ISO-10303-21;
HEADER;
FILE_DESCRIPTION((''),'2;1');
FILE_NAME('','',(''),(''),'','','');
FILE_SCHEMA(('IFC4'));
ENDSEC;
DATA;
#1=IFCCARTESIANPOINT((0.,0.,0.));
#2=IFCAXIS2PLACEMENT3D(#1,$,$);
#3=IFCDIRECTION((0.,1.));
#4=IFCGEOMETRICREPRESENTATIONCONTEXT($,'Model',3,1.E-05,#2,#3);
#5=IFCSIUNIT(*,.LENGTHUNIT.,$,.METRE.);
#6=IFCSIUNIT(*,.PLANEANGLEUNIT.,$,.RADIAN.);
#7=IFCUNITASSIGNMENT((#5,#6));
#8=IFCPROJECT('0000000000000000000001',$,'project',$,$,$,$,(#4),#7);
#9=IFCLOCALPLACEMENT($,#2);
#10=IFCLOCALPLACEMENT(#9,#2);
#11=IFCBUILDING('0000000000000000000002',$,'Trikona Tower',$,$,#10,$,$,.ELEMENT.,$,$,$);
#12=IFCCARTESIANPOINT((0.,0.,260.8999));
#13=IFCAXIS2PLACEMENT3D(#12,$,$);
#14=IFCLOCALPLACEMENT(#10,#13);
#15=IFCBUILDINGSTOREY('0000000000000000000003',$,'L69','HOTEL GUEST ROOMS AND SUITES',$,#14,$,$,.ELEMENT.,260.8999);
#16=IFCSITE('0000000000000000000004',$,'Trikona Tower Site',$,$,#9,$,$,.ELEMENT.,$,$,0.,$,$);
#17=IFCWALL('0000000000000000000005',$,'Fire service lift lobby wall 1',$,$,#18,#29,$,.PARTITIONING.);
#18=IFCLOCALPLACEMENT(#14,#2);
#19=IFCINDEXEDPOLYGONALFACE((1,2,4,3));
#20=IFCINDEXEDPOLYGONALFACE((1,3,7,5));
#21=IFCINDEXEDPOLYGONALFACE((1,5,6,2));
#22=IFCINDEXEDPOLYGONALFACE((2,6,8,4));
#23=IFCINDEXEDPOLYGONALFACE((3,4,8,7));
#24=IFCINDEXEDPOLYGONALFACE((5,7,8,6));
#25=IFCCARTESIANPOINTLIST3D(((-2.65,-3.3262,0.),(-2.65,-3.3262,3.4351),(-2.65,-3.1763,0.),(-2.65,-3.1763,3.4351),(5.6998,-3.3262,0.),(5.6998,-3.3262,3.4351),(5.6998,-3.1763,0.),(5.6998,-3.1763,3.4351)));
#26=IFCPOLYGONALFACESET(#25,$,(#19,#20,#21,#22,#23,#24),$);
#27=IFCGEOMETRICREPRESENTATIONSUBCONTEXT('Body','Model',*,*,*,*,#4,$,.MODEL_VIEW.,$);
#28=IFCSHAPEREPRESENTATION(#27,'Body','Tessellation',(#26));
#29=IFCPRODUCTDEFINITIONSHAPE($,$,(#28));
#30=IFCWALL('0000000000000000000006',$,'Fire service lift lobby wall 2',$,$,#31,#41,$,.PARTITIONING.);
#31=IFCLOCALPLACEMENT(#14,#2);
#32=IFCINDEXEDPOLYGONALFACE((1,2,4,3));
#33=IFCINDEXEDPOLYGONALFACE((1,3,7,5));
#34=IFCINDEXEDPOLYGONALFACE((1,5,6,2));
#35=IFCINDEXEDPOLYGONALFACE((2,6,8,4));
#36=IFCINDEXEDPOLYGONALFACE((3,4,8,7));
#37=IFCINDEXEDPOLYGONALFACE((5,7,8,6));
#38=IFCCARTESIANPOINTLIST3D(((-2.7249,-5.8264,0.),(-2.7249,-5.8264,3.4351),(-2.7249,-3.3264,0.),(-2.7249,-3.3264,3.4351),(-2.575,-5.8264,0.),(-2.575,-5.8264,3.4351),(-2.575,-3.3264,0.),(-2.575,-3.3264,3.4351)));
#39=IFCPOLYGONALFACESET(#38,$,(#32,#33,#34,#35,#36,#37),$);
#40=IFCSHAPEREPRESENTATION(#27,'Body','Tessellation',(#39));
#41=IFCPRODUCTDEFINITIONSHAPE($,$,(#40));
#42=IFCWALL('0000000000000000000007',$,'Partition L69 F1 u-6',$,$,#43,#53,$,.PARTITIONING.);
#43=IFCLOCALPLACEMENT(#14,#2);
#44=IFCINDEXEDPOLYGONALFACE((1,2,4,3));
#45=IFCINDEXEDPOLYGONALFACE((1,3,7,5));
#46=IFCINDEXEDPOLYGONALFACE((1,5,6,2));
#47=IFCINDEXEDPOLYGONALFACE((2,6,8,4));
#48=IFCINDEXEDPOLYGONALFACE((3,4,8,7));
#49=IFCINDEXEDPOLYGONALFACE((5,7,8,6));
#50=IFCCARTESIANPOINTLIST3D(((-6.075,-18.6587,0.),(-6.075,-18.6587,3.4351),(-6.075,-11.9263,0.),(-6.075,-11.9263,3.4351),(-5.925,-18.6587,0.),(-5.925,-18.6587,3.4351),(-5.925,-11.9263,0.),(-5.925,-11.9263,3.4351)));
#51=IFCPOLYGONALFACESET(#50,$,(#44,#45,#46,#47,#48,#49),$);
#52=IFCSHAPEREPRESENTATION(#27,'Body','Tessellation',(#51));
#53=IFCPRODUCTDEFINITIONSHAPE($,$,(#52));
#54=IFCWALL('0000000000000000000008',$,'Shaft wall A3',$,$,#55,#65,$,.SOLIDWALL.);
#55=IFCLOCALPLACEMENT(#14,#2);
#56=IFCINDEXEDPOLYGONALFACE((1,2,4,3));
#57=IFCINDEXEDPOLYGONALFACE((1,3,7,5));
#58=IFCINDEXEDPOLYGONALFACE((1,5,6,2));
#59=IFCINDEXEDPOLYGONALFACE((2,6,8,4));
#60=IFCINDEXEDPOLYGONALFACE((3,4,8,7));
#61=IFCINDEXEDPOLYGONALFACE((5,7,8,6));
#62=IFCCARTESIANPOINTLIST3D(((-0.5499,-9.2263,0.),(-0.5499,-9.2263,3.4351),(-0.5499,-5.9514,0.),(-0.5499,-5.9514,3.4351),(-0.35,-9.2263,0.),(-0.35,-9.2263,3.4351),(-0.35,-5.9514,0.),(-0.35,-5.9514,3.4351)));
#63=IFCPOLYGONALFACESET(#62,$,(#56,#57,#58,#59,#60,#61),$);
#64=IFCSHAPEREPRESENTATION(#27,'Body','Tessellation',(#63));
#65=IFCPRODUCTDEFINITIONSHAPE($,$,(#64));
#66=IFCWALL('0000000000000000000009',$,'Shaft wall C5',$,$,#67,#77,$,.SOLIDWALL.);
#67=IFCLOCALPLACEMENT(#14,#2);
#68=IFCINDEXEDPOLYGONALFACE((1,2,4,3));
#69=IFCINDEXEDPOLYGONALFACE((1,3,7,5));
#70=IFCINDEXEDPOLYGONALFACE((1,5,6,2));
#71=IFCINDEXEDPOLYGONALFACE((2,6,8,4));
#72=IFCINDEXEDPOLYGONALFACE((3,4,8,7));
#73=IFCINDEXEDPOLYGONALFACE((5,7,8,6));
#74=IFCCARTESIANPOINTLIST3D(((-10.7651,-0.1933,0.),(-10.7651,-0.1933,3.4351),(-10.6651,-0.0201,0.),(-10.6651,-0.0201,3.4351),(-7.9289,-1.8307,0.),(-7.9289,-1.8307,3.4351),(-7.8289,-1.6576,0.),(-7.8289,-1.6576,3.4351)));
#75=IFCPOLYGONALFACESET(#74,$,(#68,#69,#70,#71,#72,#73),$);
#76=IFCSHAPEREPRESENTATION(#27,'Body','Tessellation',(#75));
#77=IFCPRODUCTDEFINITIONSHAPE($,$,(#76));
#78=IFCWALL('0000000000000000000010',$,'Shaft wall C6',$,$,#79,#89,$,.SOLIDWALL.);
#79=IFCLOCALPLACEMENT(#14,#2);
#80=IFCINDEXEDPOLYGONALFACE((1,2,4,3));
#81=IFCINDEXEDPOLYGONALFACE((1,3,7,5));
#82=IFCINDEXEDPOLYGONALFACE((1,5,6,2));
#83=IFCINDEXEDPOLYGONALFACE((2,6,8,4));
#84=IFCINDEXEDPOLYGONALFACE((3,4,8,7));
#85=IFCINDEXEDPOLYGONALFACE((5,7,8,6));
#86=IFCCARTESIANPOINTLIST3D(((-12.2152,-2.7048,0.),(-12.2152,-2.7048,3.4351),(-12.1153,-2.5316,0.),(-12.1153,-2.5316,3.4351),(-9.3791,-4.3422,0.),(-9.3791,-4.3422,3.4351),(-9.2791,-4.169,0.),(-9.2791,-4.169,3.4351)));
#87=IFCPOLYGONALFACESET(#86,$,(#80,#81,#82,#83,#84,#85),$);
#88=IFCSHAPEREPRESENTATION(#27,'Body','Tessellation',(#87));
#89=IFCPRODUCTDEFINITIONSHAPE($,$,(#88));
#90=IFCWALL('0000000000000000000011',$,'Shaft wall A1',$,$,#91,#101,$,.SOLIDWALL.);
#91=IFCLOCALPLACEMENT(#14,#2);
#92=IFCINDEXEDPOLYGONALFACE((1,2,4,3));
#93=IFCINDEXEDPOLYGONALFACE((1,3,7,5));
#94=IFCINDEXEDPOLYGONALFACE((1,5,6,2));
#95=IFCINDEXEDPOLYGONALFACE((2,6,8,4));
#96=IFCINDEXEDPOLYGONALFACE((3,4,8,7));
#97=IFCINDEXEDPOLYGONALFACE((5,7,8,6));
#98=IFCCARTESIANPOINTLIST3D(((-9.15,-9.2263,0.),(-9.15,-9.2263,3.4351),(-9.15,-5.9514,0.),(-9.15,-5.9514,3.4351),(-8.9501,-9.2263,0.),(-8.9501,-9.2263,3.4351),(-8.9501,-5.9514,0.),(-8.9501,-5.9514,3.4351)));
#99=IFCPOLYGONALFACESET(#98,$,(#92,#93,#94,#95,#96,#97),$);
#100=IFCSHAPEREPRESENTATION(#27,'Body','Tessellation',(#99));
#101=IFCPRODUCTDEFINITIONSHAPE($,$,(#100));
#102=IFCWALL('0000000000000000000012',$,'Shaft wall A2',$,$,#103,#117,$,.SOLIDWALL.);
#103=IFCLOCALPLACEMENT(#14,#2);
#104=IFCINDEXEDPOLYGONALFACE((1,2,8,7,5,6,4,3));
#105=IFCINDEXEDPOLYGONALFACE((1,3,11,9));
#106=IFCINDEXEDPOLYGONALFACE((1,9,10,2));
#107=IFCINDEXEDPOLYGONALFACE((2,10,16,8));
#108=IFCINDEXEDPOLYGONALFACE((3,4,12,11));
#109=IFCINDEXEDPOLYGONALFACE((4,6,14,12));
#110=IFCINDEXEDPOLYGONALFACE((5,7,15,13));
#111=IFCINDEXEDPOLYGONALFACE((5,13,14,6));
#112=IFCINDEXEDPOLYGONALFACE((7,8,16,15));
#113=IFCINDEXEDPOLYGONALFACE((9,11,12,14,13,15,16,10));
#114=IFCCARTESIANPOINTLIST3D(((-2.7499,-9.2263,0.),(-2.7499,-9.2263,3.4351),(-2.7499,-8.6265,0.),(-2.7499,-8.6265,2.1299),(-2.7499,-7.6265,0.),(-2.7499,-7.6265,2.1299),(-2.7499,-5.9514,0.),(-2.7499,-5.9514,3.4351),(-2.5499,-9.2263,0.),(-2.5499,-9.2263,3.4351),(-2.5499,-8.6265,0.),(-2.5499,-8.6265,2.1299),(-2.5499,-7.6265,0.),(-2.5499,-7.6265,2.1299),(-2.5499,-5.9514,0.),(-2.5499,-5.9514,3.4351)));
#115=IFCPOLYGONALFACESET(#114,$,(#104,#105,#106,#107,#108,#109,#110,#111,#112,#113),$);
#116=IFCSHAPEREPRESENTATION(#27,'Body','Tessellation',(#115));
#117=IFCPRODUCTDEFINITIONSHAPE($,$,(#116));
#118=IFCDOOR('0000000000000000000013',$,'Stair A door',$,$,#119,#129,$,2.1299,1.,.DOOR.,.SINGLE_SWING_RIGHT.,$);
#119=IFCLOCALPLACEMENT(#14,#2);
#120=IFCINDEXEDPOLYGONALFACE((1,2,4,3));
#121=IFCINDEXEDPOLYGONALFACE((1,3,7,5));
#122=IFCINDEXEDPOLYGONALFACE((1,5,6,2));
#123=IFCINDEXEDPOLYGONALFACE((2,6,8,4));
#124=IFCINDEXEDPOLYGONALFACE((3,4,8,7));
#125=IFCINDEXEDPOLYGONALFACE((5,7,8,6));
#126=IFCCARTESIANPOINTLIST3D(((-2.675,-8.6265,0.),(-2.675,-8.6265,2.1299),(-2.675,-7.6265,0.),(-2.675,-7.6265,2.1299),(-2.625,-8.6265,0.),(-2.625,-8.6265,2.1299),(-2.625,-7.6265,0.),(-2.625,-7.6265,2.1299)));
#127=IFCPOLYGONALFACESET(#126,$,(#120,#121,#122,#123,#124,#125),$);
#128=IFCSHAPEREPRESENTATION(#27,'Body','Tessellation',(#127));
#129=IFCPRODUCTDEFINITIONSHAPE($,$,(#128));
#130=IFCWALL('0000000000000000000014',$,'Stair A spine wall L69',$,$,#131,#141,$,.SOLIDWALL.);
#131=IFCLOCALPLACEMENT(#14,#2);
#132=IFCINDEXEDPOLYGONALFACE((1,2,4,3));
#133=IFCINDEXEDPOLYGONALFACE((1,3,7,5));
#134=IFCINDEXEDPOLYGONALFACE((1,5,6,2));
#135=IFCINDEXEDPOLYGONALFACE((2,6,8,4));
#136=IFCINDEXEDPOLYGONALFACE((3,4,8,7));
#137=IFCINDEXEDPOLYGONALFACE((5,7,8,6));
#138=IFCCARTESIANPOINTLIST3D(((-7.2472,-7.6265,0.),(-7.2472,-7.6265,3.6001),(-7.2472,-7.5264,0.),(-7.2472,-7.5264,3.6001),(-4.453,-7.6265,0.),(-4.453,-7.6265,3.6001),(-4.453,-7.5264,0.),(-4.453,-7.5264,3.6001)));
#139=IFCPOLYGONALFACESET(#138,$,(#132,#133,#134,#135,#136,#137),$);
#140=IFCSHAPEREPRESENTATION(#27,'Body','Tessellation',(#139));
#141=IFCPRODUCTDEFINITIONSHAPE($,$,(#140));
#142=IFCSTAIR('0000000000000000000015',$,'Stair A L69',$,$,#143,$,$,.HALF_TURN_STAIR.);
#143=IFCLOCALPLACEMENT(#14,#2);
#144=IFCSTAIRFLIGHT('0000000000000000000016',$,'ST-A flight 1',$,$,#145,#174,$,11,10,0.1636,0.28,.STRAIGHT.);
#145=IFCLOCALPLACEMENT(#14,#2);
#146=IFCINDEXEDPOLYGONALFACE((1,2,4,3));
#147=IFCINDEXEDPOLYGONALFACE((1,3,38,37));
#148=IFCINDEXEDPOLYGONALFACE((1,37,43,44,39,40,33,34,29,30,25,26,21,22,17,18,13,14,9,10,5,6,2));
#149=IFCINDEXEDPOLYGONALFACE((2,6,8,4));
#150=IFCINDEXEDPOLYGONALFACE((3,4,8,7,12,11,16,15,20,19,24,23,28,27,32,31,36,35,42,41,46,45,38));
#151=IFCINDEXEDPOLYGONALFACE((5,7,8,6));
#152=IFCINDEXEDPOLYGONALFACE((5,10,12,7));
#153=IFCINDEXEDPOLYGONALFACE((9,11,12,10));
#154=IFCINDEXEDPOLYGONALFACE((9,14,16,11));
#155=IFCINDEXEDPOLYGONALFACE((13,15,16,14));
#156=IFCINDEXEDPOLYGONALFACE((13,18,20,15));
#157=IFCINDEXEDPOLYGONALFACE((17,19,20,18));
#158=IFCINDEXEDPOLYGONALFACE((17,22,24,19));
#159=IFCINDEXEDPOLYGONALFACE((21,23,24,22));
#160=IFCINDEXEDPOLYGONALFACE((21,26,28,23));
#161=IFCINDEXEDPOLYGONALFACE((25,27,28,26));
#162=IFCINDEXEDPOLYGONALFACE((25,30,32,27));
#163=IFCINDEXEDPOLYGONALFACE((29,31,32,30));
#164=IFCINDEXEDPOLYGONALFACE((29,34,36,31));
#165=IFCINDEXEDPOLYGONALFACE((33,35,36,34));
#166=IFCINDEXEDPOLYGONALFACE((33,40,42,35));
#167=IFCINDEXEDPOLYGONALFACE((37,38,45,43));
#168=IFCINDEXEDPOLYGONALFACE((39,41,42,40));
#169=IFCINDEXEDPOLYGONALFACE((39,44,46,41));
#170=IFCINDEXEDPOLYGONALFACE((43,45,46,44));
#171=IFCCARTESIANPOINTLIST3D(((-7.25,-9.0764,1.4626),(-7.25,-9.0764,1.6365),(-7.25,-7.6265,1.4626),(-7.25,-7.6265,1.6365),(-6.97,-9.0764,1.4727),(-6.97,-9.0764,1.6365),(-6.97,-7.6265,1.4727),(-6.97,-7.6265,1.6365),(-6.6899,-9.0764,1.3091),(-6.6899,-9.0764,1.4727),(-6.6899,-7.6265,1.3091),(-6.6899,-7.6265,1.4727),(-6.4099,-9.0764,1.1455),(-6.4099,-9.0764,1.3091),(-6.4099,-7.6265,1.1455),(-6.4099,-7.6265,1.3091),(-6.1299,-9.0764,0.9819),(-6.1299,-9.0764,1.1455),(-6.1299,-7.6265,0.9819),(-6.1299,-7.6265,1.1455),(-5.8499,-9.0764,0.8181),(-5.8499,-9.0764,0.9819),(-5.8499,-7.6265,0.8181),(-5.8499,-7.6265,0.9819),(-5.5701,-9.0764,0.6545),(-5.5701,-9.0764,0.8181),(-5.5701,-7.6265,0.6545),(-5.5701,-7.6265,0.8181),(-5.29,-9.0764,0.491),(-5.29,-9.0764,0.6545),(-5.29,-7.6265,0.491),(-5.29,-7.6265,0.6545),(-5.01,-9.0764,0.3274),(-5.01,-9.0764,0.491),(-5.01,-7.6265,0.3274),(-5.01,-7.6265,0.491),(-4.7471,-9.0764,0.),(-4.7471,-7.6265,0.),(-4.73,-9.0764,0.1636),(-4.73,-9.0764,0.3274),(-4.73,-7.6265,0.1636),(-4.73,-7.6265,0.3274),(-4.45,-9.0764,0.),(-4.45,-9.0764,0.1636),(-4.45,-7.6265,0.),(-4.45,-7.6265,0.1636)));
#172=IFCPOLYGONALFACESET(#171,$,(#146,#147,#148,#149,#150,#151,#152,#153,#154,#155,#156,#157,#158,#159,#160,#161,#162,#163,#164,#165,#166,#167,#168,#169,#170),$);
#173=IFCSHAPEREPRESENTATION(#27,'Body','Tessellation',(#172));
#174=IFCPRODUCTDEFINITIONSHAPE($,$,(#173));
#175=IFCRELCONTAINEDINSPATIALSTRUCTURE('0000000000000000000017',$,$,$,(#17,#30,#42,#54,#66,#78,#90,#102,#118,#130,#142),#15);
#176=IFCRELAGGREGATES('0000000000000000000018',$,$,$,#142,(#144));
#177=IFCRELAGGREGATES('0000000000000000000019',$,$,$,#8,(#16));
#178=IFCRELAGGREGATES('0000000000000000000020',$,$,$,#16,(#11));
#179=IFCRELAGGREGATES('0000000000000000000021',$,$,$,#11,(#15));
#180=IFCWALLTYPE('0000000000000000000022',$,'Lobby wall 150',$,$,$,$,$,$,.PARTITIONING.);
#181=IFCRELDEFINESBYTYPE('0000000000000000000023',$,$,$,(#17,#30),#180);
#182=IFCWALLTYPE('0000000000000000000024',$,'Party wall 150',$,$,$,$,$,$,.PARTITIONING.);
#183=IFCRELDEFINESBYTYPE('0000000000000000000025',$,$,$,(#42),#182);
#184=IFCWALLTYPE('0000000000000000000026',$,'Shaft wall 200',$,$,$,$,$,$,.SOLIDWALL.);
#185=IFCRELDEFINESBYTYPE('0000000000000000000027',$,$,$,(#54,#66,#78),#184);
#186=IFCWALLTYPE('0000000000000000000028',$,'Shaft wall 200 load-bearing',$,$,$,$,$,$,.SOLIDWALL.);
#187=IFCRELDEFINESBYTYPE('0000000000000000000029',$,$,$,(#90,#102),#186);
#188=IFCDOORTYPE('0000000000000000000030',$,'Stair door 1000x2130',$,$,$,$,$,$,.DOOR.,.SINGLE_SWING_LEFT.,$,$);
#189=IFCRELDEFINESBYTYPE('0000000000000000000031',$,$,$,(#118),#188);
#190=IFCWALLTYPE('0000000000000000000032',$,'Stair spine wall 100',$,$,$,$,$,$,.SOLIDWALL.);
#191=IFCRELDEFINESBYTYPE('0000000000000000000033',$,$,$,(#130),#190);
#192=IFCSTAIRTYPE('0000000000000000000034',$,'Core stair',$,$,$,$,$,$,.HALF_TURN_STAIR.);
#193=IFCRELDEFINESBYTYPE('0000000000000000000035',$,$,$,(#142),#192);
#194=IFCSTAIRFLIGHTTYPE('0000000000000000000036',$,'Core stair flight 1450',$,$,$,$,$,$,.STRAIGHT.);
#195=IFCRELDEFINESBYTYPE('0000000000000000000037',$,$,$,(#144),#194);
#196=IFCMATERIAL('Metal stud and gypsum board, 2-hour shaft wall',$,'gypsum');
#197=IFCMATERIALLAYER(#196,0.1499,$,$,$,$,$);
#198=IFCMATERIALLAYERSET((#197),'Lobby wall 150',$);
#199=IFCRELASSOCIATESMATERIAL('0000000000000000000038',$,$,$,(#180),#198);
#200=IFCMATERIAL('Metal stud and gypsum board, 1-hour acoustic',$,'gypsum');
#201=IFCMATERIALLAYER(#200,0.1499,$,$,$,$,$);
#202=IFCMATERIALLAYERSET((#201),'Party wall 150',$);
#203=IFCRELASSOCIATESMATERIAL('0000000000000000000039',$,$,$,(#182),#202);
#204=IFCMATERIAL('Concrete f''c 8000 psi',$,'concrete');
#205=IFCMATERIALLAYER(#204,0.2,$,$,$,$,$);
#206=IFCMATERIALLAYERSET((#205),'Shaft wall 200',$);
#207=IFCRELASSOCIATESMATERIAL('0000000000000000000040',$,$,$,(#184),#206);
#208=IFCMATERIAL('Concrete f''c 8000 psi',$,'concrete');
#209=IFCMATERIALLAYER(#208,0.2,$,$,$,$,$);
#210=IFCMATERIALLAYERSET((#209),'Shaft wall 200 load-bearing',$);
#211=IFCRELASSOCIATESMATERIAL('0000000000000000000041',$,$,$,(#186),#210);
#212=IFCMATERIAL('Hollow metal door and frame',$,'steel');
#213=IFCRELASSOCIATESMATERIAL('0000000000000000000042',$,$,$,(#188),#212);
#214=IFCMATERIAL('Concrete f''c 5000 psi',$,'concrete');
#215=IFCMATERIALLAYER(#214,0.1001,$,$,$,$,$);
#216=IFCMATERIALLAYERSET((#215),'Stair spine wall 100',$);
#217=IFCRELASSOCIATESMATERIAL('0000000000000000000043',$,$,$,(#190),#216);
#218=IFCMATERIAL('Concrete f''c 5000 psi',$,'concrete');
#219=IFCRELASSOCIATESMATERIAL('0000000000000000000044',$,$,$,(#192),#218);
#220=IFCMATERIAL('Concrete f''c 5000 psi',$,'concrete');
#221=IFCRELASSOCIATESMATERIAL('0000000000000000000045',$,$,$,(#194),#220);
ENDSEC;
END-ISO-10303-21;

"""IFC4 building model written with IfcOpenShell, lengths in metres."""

from ifc_helpers import new_model, si_unit, direction, frame, frame_2d, origin, place, context, subcontext, project, spatial, polyline, rectangle, outline, extrude, material, layer, layer_set, type_object, element, fill, aggregate, save


model = new_model("IFC4")

# Units and contexts
model_context = context("Model", 3, precision=1e-05, world=origin(), true_north=direction((0.0, 1.0)))
body_context = subcontext(model_context, "Body", "Model", "MODEL_VIEW")
ifc_project = project(units=[si_unit("LENGTHUNIT", "METRE"), si_unit("PLANEANGLEUNIT", "RADIAN")], contexts=[model_context])

# Site, building, storey
site_placement = place(None, origin())
site = spatial("IfcSite", under=ifc_project, at=site_placement, Name="Trikona Tower Site", CompositionType="ELEMENT", RefElevation=0.0)
building_placement = place(site_placement, origin())
building = spatial("IfcBuilding", under=site, at=building_placement, Name="Trikona Tower", CompositionType="ELEMENT")
storey_placement = place(building_placement, frame((0.0, 0.0, 260.8999)))
storey = spatial("IfcBuildingStorey", under=building, at=storey_placement, Name="L69", Description="HOTEL GUEST ROOMS AND SUITES", CompositionType="ELEMENT", Elevation=260.8999)

# Walls
ifc_material_1 = material(Name="Metal stud and gypsum board, 2-hour shaft wall", Category="gypsum")
ifc_layer_1 = layer(ifc_material_1, 0.1499)
ifc_layer_set_1 = layer_set([ifc_layer_1], Name="Lobby wall 150")
wall_type_1 = type_object("IfcWallType", Name="Lobby wall 150", PredefinedType="PARTITIONING", material=ifc_layer_set_1)
wall_1_placement = place(storey_placement, frame((-2.6499, -3.2512, 0.0), z_axis=(0.0, 0.0, 1.0), x_axis=(1.0, 0.0, 0.0)))
element("IfcWall", 1, at=wall_1_placement, inside=storey, type_object=wall_type_1, Name="Fire service lift lobby wall 1", PredefinedType="PARTITIONING", context=body_context, shape_type="SweptSolid", body=[
    extrude(rectangle(XDim=8.3499, YDim=0.1499, at=frame_2d((4.1748, 0.0))), origin(), (0.0, 0.0, 1.0), 3.4351),
])
wall_2_placement = place(storey_placement, frame((-2.6499, -5.8264, 0.0), z_axis=(0.0, 0.0, 1.0), x_axis=(0.0, 1.0, 0.0)))
element("IfcWall", 2, at=wall_2_placement, inside=storey, type_object=wall_type_1, Name="Fire service lift lobby wall 2", PredefinedType="PARTITIONING", context=body_context, shape_type="SweptSolid", body=[
    extrude(rectangle(XDim=2.5, YDim=0.1499, at=frame_2d((1.25, 0.0))), origin(), (0.0, 0.0, 1.0), 3.4351),
])
ifc_material_2 = material(Name="Metal stud and gypsum board, 1-hour acoustic", Category="gypsum")
ifc_layer_2 = layer(ifc_material_2, 0.1499)
ifc_layer_set_2 = layer_set([ifc_layer_2], Name="Party wall 150")
wall_type_2 = type_object("IfcWallType", Name="Party wall 150", PredefinedType="PARTITIONING", material=ifc_layer_set_2)
wall_3_placement = place(storey_placement, frame((-6.0, -11.9263, 0.0), z_axis=(0.0, 0.0, 1.0), x_axis=(0.0, -1.0, 0.0)))
element("IfcWall", 3, at=wall_3_placement, inside=storey, type_object=wall_type_2, Name="Partition L69 F1 u-6", PredefinedType="PARTITIONING", context=body_context, shape_type="SweptSolid", body=[
    extrude(rectangle(XDim=6.7324, YDim=0.1499, at=frame_2d((3.3662, 0.0))), origin(), (0.0, 0.0, 1.0), 3.4351),
])
ifc_material_3 = material(Name="Concrete f'c 8000 psi", Category="concrete")
ifc_layer_3 = layer(ifc_material_3, 0.2)
ifc_layer_set_3 = layer_set([ifc_layer_3], Name="Shaft wall 200")
wall_type_3 = type_object("IfcWallType", Name="Shaft wall 200", PredefinedType="SOLIDWALL", material=ifc_layer_set_3)
for number, where, z_axis, x_axis, name in (
    (4, (-0.45, -5.9514, 0.0), (0.0, 0.0, 1.0), (0.0, -1.0, 0.0), "Shaft wall A3"),
    (5, (-7.8789, -1.7441, 0.0), (0.0, 0.0, 1.0), (-0.866028, 0.499996, 0.0), "Shaft wall C5"),
    (6, (-9.3291, -4.2556, 0.0), (0.0, 0.0, 1.0), (-0.866028, 0.499996, 0.0), "Shaft wall C6"),
):
    element("IfcWall", number, at=place(storey_placement, frame(where, z_axis=z_axis, x_axis=x_axis)), inside=storey, type_object=wall_type_3, Name=name, PredefinedType="SOLIDWALL", context=body_context, shape_type="SweptSolid", body=[
        extrude(rectangle(XDim=3.2749, YDim=0.2, at=frame_2d((1.6375, 0.0))), origin(), (0.0, 0.0, 1.0), 3.4351),
    ])
ifc_material_4 = material(Name="Concrete f'c 8000 psi", Category="concrete")
ifc_layer_4 = layer(ifc_material_4, 0.2)
ifc_layer_set_4 = layer_set([ifc_layer_4], Name="Shaft wall 200 load-bearing")
wall_type_4 = type_object("IfcWallType", Name="Shaft wall 200 load-bearing", PredefinedType="SOLIDWALL", material=ifc_layer_set_4)
wall_4_placement = place(storey_placement, frame((-9.05, -5.9514, 0.0), z_axis=(0.0, 0.0, 1.0), x_axis=(0.0, -1.0, 0.0)))
element("IfcWall", 7, at=wall_4_placement, inside=storey, type_object=wall_type_4, Name="Shaft wall A1", PredefinedType="SOLIDWALL", context=body_context, shape_type="SweptSolid", body=[
    extrude(rectangle(XDim=3.2749, YDim=0.2, at=frame_2d((1.6375, 0.0))), origin(), (0.0, 0.0, 1.0), 3.4351),
])

# Wall, opening, door
wall_5_placement = place(storey_placement, frame((-2.6499, -5.9514, 0.0), z_axis=(0.0, 0.0, 1.0), x_axis=(0.0, -1.0, 0.0)))
wall_5 = element("IfcWall", 8, at=wall_5_placement, inside=storey, type_object=wall_type_4, Name="Shaft wall A2", PredefinedType="SOLIDWALL", context=body_context, shape_type="SweptSolid", body=[
    extrude(rectangle(XDim=3.2749, YDim=0.2, at=frame_2d((1.6375, 0.0))), origin(), (0.0, 0.0, 1.0), 3.4351),
])
opening_1_placement = place(wall_5_placement, frame((1.675, 0.0, 0.0)))
opening_1 = element("IfcOpeningElement", 9, at=opening_1_placement, cuts=wall_5, PredefinedType="OPENING", context=body_context, shape_type="SweptSolid", body=[
    extrude(rectangle(XDim=1.0, YDim=2.1299, at=frame_2d((0.5, 1.0649))), frame((0.0, 0.1099, 0.0), z_axis=(0.0, -1.0, 0.0), x_axis=(1.0, 0.0, 0.0)), (0.0, 0.0, 1.0), 0.22),
])
ifc_material_5 = material(Name="Hollow metal door and frame", Category="steel")
door_type_1 = type_object("IfcDoorType", Name="Stair door 1000x2130", OperationType="SINGLE_SWING_LEFT", PredefinedType="DOOR", material=ifc_material_5)
door_1_placement = place(opening_1_placement, origin())
door_1 = element("IfcDoor", 10, at=door_1_placement, inside=storey, type_object=door_type_1, Name="Stair A door", OperationType="SINGLE_SWING_RIGHT", OverallHeight=2.1299, OverallWidth=1.0, PredefinedType="DOOR", context=body_context, shape_type="SweptSolid", body=[
    extrude(rectangle(XDim=1.0, YDim=2.1299, at=frame_2d((0.5, 1.0649))), frame((0.0, 0.0249, 0.0), z_axis=(0.0, -1.0, 0.0), x_axis=(1.0, 0.0, 0.0)), (0.0, 0.0, 1.0), 0.05),
])
fill(opening_1, door_1)

# Wall
ifc_material_6 = material(Name="Concrete f'c 5000 psi", Category="concrete")
ifc_layer_5 = layer(ifc_material_6, 0.1001)
ifc_layer_set_5 = layer_set([ifc_layer_5], Name="Stair spine wall 100")
wall_type_5 = type_object("IfcWallType", Name="Stair spine wall 100", PredefinedType="SOLIDWALL", material=ifc_layer_set_5)
wall_6_placement = place(storey_placement, frame((-7.2471, -7.5764, 0.0), z_axis=(0.0, 0.0, 1.0), x_axis=(1.0, 0.0, 0.0)))
element("IfcWall", 11, at=wall_6_placement, inside=storey, type_object=wall_type_5, Name="Stair A spine wall L69", PredefinedType="SOLIDWALL", context=body_context, shape_type="SweptSolid", body=[
    extrude(rectangle(XDim=2.7942, YDim=0.1001, at=frame_2d((1.397, 0.0))), origin(), (0.0, 0.0, 1.0), 3.6001),
])

# Stair, stair flight
ifc_material_7 = material(Name="Concrete f'c 5000 psi", Category="concrete")
stair_type = type_object("IfcStairType", Name="Core stair", PredefinedType="HALF_TURN_STAIR", material=ifc_material_7)
stair_placement = place(storey_placement, origin())
stair = element("IfcStair", 12, at=stair_placement, inside=storey, type_object=stair_type, Name="Stair A L69", PredefinedType="HALF_TURN_STAIR")
ifc_material_8 = material(Name="Concrete f'c 5000 psi", Category="concrete")
stair_flight_type = type_object("IfcStairFlightType", Name="Core stair flight 1450", PredefinedType="STRAIGHT", material=ifc_material_8)
stair_flight_1_placement = place(storey_placement, frame((-4.45, -8.3513, 0.0), z_axis=(0.0, 0.0, 1.0), x_axis=(-1.0, 0.0, 0.0)))
stair_flight_1 = element("IfcStairFlight", 13, at=stair_flight_1_placement, type_object=stair_flight_type, Name="ST-A flight 1", NumberOfRisers=11, NumberOfTreads=10, PredefinedType="STRAIGHT", RiserHeight=0.1636, TreadLength=0.28, context=body_context, shape_type="SweptSolid", body=[
    extrude(outline(polyline([(0.0, 0.0), (0.0, 0.1636), (0.28, 0.1636), (0.28, 0.3274), (0.5601, 0.3274), (0.5601, 0.491), (0.8401, 0.491), (0.8401, 0.6545), (1.1201, 0.6545), (1.1201, 0.8181), (1.3999, 0.8181), (1.3999, 0.9819), (1.6799, 0.9819), (1.6799, 1.1455), (1.96, 1.1455), (1.96, 1.3091), (2.24, 1.3091), (2.24, 1.4727), (2.52, 1.4727), (2.52, 1.6365), (2.8, 1.6365), (2.8, 1.8), (2.8, 1.4626), (0.2971, 0.0), (0.0, 0.0)])), frame((0.0, 0.7251, 0.0), z_axis=(0.0, -1.0, 0.0), x_axis=(1.0, 0.0, 0.0)), (0.0, 0.0, 1.0), 1.45),
])
aggregate(stair, [stair_flight_1])

save(model, "model.ifc")
